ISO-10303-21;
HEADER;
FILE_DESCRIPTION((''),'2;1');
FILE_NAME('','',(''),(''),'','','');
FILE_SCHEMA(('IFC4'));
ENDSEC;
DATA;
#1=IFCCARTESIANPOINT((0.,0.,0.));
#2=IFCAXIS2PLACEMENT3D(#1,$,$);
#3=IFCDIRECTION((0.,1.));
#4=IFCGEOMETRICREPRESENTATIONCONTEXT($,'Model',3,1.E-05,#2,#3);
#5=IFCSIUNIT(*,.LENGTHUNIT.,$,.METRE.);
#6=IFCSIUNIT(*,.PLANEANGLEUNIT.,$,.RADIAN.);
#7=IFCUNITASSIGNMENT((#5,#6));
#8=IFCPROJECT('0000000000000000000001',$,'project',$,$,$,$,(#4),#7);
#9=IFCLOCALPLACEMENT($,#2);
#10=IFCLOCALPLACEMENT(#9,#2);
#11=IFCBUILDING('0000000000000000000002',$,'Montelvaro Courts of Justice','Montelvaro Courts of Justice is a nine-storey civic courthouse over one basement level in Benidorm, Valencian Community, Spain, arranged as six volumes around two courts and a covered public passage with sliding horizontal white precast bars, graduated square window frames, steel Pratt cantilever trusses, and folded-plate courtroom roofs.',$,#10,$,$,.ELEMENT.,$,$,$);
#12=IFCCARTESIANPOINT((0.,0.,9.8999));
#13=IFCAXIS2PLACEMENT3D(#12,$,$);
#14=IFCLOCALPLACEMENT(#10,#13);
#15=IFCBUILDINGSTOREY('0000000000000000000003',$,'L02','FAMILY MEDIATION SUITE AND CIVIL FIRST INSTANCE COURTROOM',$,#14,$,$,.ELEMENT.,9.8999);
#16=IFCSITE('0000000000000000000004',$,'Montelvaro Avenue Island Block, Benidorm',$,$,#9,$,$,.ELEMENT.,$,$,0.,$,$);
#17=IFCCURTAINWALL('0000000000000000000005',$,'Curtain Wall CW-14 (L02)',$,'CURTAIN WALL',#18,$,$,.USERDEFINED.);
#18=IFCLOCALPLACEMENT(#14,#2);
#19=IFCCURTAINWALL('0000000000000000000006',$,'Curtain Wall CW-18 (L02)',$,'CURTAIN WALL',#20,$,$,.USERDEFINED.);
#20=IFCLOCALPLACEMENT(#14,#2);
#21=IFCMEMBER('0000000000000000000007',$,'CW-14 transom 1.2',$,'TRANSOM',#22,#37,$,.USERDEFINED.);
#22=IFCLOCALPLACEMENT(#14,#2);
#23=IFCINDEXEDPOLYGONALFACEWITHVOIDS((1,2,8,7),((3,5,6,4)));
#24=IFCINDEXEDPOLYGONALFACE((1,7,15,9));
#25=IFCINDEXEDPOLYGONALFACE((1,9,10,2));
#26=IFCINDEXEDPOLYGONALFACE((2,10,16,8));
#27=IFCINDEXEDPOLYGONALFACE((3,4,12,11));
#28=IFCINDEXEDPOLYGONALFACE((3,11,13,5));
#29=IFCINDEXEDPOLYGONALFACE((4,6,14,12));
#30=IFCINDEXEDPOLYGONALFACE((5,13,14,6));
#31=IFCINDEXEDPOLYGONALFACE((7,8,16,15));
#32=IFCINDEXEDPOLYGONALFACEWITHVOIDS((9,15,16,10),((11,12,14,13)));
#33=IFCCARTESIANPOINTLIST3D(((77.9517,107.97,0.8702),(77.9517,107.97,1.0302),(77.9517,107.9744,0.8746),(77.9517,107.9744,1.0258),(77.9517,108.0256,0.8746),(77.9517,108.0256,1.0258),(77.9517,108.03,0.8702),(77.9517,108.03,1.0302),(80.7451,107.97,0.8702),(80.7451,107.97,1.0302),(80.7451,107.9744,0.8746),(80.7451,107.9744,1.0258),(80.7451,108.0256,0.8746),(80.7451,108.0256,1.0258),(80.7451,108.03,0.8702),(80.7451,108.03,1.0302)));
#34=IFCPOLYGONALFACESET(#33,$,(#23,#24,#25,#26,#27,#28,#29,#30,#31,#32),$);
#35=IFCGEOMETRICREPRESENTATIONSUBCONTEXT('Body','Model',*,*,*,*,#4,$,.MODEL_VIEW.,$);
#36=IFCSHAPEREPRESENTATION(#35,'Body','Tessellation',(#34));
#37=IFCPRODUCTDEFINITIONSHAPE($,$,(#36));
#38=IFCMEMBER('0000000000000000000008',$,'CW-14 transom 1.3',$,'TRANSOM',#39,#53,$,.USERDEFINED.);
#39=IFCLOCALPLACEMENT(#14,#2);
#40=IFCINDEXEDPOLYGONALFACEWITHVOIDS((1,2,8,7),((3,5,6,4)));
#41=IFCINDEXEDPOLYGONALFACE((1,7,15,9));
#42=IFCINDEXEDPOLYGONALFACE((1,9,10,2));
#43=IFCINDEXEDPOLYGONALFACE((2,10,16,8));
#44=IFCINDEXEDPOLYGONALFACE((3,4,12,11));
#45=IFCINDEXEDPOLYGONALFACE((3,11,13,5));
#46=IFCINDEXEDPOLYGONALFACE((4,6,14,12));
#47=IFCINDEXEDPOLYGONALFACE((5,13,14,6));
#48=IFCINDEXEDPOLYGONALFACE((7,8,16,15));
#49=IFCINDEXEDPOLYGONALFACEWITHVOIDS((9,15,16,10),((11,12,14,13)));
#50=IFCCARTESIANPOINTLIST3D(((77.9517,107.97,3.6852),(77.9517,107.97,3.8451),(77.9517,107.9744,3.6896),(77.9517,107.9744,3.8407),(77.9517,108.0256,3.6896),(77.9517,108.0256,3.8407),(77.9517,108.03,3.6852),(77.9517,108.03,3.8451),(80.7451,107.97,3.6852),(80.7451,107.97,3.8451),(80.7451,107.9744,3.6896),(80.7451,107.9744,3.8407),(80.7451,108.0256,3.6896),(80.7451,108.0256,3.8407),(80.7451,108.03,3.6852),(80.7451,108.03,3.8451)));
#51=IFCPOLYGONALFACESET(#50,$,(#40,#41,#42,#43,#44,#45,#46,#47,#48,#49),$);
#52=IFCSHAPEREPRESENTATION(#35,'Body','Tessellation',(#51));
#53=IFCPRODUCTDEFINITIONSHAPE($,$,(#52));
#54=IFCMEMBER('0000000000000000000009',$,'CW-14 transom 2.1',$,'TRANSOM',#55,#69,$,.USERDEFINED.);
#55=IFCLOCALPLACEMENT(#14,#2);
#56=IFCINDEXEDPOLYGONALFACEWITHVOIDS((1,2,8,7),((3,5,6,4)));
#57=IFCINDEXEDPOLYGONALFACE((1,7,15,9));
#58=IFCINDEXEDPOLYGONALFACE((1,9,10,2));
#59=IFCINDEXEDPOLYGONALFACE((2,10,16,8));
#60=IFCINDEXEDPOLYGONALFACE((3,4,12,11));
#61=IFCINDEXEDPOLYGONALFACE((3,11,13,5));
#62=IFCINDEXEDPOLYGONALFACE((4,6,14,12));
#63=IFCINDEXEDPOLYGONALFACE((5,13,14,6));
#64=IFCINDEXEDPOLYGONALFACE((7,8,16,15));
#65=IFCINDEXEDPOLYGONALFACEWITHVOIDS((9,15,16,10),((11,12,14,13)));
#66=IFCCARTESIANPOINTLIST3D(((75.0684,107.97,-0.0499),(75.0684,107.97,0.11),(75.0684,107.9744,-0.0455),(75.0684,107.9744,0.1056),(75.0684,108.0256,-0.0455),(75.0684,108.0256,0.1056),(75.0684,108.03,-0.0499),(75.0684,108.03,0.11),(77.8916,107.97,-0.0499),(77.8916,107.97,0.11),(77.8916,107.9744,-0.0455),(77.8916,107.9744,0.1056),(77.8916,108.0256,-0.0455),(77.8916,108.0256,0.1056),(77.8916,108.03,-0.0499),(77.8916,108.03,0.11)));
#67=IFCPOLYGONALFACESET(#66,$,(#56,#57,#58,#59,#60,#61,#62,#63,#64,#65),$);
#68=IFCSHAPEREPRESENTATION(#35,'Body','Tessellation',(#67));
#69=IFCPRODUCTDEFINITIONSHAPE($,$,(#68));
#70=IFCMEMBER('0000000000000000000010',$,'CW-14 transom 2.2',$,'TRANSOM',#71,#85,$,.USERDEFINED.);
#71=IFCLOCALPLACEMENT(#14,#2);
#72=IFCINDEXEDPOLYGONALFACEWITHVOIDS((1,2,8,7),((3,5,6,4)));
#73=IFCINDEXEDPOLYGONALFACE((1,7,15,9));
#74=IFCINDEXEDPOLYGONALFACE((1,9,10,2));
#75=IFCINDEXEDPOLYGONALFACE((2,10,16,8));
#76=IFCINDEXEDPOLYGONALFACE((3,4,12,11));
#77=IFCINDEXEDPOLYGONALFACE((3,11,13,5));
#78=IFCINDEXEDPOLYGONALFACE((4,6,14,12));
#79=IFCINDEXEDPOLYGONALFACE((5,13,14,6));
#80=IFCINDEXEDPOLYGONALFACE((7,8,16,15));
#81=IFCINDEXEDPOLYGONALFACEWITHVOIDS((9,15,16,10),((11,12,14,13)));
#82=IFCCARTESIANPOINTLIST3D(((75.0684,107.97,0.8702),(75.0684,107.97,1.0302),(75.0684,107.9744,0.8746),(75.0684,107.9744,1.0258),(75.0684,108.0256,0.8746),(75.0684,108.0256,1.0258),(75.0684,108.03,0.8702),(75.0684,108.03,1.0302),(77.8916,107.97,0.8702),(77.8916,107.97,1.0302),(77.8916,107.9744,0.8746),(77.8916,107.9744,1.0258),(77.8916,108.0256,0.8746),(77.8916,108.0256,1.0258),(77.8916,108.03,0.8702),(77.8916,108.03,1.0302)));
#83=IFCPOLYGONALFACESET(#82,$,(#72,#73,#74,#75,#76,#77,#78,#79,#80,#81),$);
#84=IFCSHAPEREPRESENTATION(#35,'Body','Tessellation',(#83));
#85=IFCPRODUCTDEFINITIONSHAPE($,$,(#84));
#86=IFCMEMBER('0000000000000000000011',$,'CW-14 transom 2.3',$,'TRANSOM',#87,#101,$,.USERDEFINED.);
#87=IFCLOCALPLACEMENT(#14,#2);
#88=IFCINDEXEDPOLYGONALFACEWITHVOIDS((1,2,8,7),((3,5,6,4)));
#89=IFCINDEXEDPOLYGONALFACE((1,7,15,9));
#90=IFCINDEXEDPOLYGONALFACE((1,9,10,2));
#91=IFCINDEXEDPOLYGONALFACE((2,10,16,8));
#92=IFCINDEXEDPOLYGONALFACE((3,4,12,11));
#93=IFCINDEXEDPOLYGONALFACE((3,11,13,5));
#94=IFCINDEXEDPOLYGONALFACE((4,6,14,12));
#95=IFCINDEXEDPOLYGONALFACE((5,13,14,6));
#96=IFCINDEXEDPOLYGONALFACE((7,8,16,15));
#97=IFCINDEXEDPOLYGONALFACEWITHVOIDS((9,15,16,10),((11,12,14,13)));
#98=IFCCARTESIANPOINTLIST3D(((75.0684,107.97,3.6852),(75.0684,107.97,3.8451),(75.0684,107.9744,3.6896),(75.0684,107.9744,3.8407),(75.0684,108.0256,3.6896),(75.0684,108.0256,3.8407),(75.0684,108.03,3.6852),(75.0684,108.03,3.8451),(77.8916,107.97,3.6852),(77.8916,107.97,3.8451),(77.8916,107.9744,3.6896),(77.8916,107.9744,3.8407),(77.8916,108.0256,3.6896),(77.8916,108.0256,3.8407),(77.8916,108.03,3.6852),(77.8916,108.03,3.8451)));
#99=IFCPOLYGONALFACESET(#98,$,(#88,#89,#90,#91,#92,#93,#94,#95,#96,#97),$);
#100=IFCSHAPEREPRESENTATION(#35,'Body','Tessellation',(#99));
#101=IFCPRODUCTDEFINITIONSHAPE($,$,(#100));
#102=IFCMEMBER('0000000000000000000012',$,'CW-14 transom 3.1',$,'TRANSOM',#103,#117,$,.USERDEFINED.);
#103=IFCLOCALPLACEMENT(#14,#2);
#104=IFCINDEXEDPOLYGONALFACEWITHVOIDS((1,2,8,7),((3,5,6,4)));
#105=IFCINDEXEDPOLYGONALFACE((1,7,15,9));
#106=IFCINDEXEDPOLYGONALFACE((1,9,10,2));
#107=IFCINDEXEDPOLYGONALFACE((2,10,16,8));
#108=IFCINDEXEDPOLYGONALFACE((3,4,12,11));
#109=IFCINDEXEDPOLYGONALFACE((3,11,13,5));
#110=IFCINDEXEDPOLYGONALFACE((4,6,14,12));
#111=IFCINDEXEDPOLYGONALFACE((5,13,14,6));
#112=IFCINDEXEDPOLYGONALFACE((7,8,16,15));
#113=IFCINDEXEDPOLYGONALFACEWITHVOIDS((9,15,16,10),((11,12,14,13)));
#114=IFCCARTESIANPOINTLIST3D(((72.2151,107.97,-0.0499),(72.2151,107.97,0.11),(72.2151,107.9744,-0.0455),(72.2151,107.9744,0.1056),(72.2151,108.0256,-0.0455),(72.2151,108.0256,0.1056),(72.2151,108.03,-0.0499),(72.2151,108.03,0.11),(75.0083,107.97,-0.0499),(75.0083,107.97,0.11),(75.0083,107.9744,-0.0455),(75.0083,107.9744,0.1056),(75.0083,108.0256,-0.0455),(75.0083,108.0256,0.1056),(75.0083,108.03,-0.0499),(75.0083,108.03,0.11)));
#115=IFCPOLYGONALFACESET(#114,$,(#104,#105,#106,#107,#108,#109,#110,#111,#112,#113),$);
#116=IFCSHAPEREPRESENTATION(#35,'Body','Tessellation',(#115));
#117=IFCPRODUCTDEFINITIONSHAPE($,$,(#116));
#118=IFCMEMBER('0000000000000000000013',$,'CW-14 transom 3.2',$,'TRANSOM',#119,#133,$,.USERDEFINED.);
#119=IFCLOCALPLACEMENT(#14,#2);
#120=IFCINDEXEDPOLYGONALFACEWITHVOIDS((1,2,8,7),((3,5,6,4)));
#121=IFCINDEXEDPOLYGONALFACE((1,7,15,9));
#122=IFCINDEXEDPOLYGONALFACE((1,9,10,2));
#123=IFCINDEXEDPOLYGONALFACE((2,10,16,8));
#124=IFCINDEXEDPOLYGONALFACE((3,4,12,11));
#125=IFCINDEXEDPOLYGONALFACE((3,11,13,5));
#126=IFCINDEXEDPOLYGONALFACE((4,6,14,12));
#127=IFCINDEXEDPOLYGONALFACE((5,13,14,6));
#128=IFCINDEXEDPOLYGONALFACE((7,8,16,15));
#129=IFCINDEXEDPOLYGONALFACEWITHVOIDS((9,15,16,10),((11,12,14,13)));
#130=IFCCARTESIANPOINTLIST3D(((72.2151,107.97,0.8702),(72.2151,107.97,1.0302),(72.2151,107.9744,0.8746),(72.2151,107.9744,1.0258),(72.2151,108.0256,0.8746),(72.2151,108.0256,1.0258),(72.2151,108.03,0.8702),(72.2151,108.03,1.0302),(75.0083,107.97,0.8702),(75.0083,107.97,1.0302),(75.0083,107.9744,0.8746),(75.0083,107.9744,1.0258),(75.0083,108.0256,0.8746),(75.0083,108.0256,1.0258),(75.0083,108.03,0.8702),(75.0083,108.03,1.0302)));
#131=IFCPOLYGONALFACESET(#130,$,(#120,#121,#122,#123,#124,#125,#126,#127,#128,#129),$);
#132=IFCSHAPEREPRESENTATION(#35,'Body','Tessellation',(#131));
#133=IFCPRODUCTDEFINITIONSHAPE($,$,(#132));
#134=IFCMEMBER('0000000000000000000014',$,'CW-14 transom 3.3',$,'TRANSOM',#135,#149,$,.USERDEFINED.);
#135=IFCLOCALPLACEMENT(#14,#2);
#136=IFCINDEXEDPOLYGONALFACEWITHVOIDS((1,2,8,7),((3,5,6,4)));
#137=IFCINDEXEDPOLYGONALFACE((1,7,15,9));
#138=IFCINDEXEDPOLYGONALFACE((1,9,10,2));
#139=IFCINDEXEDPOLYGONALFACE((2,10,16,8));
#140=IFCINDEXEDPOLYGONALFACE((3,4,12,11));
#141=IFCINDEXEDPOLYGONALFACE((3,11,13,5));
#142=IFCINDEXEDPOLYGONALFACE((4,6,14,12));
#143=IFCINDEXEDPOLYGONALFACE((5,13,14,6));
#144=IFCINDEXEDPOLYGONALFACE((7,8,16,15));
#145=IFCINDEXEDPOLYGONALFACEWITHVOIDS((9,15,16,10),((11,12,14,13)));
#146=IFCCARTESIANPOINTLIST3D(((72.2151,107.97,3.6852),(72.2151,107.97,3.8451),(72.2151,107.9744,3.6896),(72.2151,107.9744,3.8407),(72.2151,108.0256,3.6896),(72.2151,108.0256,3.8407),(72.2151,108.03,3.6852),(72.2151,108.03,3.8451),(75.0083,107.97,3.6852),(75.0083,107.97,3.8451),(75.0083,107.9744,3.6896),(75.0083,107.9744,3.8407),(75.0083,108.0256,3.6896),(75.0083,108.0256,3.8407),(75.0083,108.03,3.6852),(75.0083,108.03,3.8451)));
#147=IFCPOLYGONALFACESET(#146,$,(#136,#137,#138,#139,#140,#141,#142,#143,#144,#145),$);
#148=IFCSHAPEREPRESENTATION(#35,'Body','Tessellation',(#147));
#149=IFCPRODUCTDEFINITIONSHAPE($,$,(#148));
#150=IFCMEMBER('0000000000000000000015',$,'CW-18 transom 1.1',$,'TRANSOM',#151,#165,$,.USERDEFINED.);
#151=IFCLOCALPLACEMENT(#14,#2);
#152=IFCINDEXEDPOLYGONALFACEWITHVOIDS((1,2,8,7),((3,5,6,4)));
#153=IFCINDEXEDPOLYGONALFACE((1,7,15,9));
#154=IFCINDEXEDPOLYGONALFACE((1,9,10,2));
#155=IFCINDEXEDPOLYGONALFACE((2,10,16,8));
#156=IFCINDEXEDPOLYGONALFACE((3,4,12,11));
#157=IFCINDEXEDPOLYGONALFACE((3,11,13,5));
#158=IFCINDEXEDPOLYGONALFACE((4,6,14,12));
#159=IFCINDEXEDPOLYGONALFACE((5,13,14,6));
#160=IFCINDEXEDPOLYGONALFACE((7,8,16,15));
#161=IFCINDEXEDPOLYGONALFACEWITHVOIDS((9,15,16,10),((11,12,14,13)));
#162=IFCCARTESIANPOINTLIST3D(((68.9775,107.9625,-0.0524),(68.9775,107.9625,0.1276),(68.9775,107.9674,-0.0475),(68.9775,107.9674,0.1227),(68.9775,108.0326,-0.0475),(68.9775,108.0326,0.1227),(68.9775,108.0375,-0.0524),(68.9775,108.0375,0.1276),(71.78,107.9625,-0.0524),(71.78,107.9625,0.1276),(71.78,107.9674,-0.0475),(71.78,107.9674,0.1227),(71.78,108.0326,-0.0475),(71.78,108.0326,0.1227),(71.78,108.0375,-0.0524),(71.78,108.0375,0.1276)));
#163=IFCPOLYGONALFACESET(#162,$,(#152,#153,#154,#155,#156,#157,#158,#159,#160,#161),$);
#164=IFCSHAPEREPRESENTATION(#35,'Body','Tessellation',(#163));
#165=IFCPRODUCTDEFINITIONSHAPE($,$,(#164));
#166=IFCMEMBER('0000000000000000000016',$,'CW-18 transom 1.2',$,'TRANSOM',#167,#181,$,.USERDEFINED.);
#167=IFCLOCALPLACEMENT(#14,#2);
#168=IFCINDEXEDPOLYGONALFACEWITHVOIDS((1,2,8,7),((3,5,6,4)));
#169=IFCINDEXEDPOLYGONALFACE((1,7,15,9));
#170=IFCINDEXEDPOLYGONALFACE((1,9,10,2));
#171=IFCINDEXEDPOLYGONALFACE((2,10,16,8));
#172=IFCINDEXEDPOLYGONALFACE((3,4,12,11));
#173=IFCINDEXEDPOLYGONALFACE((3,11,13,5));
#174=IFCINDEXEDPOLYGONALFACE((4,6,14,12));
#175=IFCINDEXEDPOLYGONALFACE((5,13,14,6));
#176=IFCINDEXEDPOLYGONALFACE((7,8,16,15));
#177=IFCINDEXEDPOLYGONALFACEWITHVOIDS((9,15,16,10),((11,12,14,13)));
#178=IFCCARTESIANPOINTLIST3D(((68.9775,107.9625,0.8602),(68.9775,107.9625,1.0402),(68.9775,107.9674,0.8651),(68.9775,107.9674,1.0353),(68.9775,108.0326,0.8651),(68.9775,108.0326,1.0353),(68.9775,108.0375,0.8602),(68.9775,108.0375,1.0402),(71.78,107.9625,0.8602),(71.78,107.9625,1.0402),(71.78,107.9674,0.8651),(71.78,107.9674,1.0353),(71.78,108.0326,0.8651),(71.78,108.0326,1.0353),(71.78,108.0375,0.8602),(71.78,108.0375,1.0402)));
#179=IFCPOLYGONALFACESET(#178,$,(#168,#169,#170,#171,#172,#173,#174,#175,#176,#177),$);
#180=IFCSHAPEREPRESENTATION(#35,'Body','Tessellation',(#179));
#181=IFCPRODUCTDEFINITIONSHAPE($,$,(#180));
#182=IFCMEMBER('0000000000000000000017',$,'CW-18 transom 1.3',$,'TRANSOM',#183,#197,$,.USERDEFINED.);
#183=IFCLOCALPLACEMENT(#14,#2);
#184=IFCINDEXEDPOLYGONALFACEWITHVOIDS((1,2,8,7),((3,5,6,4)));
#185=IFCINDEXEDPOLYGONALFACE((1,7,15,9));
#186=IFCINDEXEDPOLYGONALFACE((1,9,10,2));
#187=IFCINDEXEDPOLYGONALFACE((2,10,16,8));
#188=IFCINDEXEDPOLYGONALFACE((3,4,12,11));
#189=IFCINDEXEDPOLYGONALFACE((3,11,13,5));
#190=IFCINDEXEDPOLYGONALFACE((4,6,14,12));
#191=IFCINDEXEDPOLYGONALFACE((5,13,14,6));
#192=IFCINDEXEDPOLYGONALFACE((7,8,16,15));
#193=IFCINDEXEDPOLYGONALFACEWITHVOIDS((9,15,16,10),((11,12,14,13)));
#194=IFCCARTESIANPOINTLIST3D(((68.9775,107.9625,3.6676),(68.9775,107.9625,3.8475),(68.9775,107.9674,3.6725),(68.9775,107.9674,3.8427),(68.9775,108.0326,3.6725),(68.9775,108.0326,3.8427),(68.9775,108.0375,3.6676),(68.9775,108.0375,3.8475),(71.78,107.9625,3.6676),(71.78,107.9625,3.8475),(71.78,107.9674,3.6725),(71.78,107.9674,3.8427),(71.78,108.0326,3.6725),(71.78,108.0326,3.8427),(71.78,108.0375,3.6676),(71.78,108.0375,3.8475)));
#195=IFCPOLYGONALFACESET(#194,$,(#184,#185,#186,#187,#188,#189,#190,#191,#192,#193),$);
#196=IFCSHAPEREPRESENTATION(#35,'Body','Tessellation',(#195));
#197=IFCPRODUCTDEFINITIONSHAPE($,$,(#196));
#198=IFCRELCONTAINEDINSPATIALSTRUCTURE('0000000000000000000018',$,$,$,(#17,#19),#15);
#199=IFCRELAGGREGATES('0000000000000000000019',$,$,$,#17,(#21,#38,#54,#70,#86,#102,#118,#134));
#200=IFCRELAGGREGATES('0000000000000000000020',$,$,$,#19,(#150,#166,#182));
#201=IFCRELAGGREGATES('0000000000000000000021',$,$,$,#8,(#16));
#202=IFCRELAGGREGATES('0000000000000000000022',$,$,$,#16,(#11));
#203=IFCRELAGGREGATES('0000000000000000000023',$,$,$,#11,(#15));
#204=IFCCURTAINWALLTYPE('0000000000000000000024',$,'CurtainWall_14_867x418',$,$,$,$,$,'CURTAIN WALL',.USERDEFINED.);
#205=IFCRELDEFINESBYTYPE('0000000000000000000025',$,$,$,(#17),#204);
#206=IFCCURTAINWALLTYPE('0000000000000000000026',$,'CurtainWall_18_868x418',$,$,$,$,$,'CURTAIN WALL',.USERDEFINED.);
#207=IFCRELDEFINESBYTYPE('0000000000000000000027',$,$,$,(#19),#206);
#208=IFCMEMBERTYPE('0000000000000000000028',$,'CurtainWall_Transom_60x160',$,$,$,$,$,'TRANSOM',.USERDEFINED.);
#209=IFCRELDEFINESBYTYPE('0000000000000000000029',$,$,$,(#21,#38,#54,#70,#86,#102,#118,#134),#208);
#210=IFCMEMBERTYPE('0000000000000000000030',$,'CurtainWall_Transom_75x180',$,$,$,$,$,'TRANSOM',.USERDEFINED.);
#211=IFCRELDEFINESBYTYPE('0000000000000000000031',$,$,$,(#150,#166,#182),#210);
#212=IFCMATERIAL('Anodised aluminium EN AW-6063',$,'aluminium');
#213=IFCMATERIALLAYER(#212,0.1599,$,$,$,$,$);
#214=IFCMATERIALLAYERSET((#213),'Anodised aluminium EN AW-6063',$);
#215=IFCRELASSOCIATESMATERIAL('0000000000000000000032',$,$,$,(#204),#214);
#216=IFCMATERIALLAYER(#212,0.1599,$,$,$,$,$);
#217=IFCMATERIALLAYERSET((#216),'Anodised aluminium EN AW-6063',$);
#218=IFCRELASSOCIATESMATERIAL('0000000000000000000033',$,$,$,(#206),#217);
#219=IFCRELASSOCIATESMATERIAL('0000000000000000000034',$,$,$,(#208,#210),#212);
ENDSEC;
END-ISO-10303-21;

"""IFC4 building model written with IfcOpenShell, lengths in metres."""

from ifc_helpers import new_model, si_unit, direction, frame, origin, origin_2d, place, context, subcontext, project, spatial, hollow_rectangle, extrude, material, layer, layer_set, material_profile, profile_set, type_object, element, aggregate, save


model = new_model("IFC4")

# Units and contexts
model_context = context("Model", 3, precision=1e-05, world=origin(), true_north=direction((0.0, 1.0)))
body_context = subcontext(model_context, "Body", "Model", "MODEL_VIEW")
ifc_project = project(units=[si_unit("LENGTHUNIT", "METRE"), si_unit("PLANEANGLEUNIT", "RADIAN")], contexts=[model_context])

# Site, building, storey
site_placement = place(None, origin())
site = spatial("IfcSite", under=ifc_project, at=site_placement, Name="Montelvaro Avenue Island Block, Benidorm", CompositionType="ELEMENT", RefElevation=0.0)
building_placement = place(site_placement, origin())
building = spatial("IfcBuilding", under=site, at=building_placement, Name="Montelvaro Courts of Justice", Description="Montelvaro Courts of Justice is a nine-storey civic courthouse over one basement level in Benidorm, Valencian Community, Spain, arranged as six volumes around two courts and a covered public passage with sliding horizontal white precast bars, graduated square window frames, steel Pratt cantilever trusses, and folded-plate courtroom roofs.", CompositionType="ELEMENT")
storey_placement = place(building_placement, frame((0.0, 0.0, 9.8999)))
storey = spatial("IfcBuildingStorey", under=building, at=storey_placement, Name="L02", Description="FAMILY MEDIATION SUITE AND CIVIL FIRST INSTANCE COURTROOM", CompositionType="ELEMENT", Elevation=9.8999)

# Shared definitions
ifc_material_1 = material(Name="Anodised aluminium EN AW-6063", Category="aluminium")

# Curtain wall
ifc_layer_1 = layer(ifc_material_1, 0.1599)
ifc_layer_set_1 = layer_set([ifc_layer_1], Name="Anodised aluminium EN AW-6063")
curtain_wall_type_1 = type_object("IfcCurtainWallType", Name="CurtainWall_14_867x418", ElementType="CURTAIN WALL", PredefinedType="USERDEFINED", material=ifc_layer_set_1)
curtain_wall_1_placement = place(storey_placement, origin())
curtain_wall_1 = element("IfcCurtainWall", 1, at=curtain_wall_1_placement, inside=storey, type_object=curtain_wall_type_1, Name="Curtain Wall CW-14 (L02)", ObjectType="CURTAIN WALL", PredefinedType="USERDEFINED")

# Curtain wall
ifc_layer_2 = layer(ifc_material_1, 0.1599)
ifc_layer_set_2 = layer_set([ifc_layer_2], Name="Anodised aluminium EN AW-6063")
curtain_wall_type_2 = type_object("IfcCurtainWallType", Name="CurtainWall_18_868x418", ElementType="CURTAIN WALL", PredefinedType="USERDEFINED", material=ifc_layer_set_2)
curtain_wall_2_placement = place(storey_placement, origin())
curtain_wall_2 = element("IfcCurtainWall", 2, at=curtain_wall_2_placement, inside=storey, type_object=curtain_wall_type_2, Name="Curtain Wall CW-18 (L02)", ObjectType="CURTAIN WALL", PredefinedType="USERDEFINED")

# Members
ifc_material_profile_1 = material_profile(ifc_material_1, hollow_rectangle(XDim=0.0601, YDim=0.1599, WallThickness=0.0044, at=origin_2d()), Name="ALU-T 60x160")
ifc_profile_set_1 = profile_set([ifc_material_profile_1], Name="Anodised aluminium EN AW-6063")
member_type_1 = type_object("IfcMemberType", Name="CurtainWall_Transom_60x160", ElementType="TRANSOM", PredefinedType="USERDEFINED", material=ifc_profile_set_1)
member_1_placement = place(storey_placement, frame((80.7451, 108.0, 0.9502), z_axis=(-1.0, 0.0, 0.0), x_axis=(0.0, -1.0, 0.0)))
member_1 = element("IfcMember", 3, at=member_1_placement, type_object=member_type_1, Name="CW-14 transom 1.2", ObjectType="TRANSOM", PredefinedType="USERDEFINED", context=body_context, shape_type="SweptSolid", body=[
    extrude(hollow_rectangle(XDim=0.0601, YDim=0.1599, WallThickness=0.0044, at=origin_2d()), origin(), (0.0, 0.0, 1.0), 2.7935),
])
member_2_placement = place(storey_placement, frame((80.7451, 108.0, 3.7651), z_axis=(-1.0, 0.0, 0.0), x_axis=(0.0, -1.0, 0.0)))
member_2 = element("IfcMember", 4, at=member_2_placement, type_object=member_type_1, Name="CW-14 transom 1.3", ObjectType="TRANSOM", PredefinedType="USERDEFINED", context=body_context, shape_type="SweptSolid", body=[
    extrude(hollow_rectangle(XDim=0.0601, YDim=0.1599, WallThickness=0.0044, at=origin_2d()), origin(), (0.0, 0.0, 1.0), 2.7935),
])
member_3_placement = place(storey_placement, frame((77.8916, 108.0, 0.03), z_axis=(-1.0, 0.0, 0.0), x_axis=(0.0, -1.0, 0.0)))
member_3 = element("IfcMember", 5, at=member_3_placement, type_object=member_type_1, Name="CW-14 transom 2.1", ObjectType="TRANSOM", PredefinedType="USERDEFINED", context=body_context, shape_type="SweptSolid", body=[
    extrude(hollow_rectangle(XDim=0.0601, YDim=0.1599, WallThickness=0.0044, at=origin_2d()), origin(), (0.0, 0.0, 1.0), 2.8232),
])
member_4_placement = place(storey_placement, frame((77.8916, 108.0, 0.9502), z_axis=(-1.0, 0.0, 0.0), x_axis=(0.0, -1.0, 0.0)))
member_4 = element("IfcMember", 6, at=member_4_placement, type_object=member_type_1, Name="CW-14 transom 2.2", ObjectType="TRANSOM", PredefinedType="USERDEFINED", context=body_context, shape_type="SweptSolid", body=[
    extrude(hollow_rectangle(XDim=0.0601, YDim=0.1599, WallThickness=0.0044, at=origin_2d()), origin(), (0.0, 0.0, 1.0), 2.8232),
])
member_5_placement = place(storey_placement, frame((77.8916, 108.0, 3.7651), z_axis=(-1.0, 0.0, 0.0), x_axis=(0.0, -1.0, 0.0)))
member_5 = element("IfcMember", 7, at=member_5_placement, type_object=member_type_1, Name="CW-14 transom 2.3", ObjectType="TRANSOM", PredefinedType="USERDEFINED", context=body_context, shape_type="SweptSolid", body=[
    extrude(hollow_rectangle(XDim=0.0601, YDim=0.1599, WallThickness=0.0044, at=origin_2d()), origin(), (0.0, 0.0, 1.0), 2.8232),
])
member_6_placement = place(storey_placement, frame((75.0083, 108.0, 0.03), z_axis=(-1.0, 0.0, 0.0), x_axis=(0.0, -1.0, 0.0)))
member_6 = element("IfcMember", 8, at=member_6_placement, type_object=member_type_1, Name="CW-14 transom 3.1", ObjectType="TRANSOM", PredefinedType="USERDEFINED", context=body_context, shape_type="SweptSolid", body=[
    extrude(hollow_rectangle(XDim=0.0601, YDim=0.1599, WallThickness=0.0044, at=origin_2d()), origin(), (0.0, 0.0, 1.0), 2.7932),
])
member_7_placement = place(storey_placement, frame((75.0083, 108.0, 0.9502), z_axis=(-1.0, 0.0, 0.0), x_axis=(0.0, -1.0, 0.0)))
member_7 = element("IfcMember", 9, at=member_7_placement, type_object=member_type_1, Name="CW-14 transom 3.2", ObjectType="TRANSOM", PredefinedType="USERDEFINED", context=body_context, shape_type="SweptSolid", body=[
    extrude(hollow_rectangle(XDim=0.0601, YDim=0.1599, WallThickness=0.0044, at=origin_2d()), origin(), (0.0, 0.0, 1.0), 2.7932),
])
member_8_placement = place(storey_placement, frame((75.0083, 108.0, 3.7651), z_axis=(-1.0, 0.0, 0.0), x_axis=(0.0, -1.0, 0.0)))
member_8 = element("IfcMember", 10, at=member_8_placement, type_object=member_type_1, Name="CW-14 transom 3.3", ObjectType="TRANSOM", PredefinedType="USERDEFINED", context=body_context, shape_type="SweptSolid", body=[
    extrude(hollow_rectangle(XDim=0.0601, YDim=0.1599, WallThickness=0.0044, at=origin_2d()), origin(), (0.0, 0.0, 1.0), 2.7932),
])
ifc_material_profile_2 = material_profile(ifc_material_1, hollow_rectangle(XDim=0.075, YDim=0.1799, WallThickness=0.0049, at=origin_2d()), Name="ALU-T 75x180")
ifc_profile_set_2 = profile_set([ifc_material_profile_2], Name="Anodised aluminium EN AW-6063")
member_type_2 = type_object("IfcMemberType", Name="CurtainWall_Transom_75x180", ElementType="TRANSOM", PredefinedType="USERDEFINED", material=ifc_profile_set_2)
member_9_placement = place(storey_placement, frame((71.78, 108.0, 0.0376), z_axis=(-1.0, 0.0, 0.0), x_axis=(0.0, -1.0, 0.0)))
member_9 = element("IfcMember", 11, at=member_9_placement, type_object=member_type_2, Name="CW-18 transom 1.1", ObjectType="TRANSOM", PredefinedType="USERDEFINED", context=body_context, shape_type="SweptSolid", body=[
    extrude(hollow_rectangle(XDim=0.075, YDim=0.1799, WallThickness=0.0049, at=origin_2d()), origin(), (0.0, 0.0, 1.0), 2.8025),
])
member_10_placement = place(storey_placement, frame((71.78, 108.0, 0.9502), z_axis=(-1.0, 0.0, 0.0), x_axis=(0.0, -1.0, 0.0)))
member_10 = element("IfcMember", 12, at=member_10_placement, type_object=member_type_2, Name="CW-18 transom 1.2", ObjectType="TRANSOM", PredefinedType="USERDEFINED", context=body_context, shape_type="SweptSolid", body=[
    extrude(hollow_rectangle(XDim=0.075, YDim=0.1799, WallThickness=0.0049, at=origin_2d()), origin(), (0.0, 0.0, 1.0), 2.8025),
])
member_11_placement = place(storey_placement, frame((71.78, 108.0, 3.7576), z_axis=(-1.0, 0.0, 0.0), x_axis=(0.0, -1.0, 0.0)))
member_11 = element("IfcMember", 13, at=member_11_placement, type_object=member_type_2, Name="CW-18 transom 1.3", ObjectType="TRANSOM", PredefinedType="USERDEFINED", context=body_context, shape_type="SweptSolid", body=[
    extrude(hollow_rectangle(XDim=0.075, YDim=0.1799, WallThickness=0.0049, at=origin_2d()), origin(), (0.0, 0.0, 1.0), 2.8025),
])

aggregate(curtain_wall_1, [member_1, member_2, member_3, member_4, member_5, member_6, member_7, member_8])
aggregate(curtain_wall_2, [member_9, member_10, member_11])

save(model, "model.ifc")
